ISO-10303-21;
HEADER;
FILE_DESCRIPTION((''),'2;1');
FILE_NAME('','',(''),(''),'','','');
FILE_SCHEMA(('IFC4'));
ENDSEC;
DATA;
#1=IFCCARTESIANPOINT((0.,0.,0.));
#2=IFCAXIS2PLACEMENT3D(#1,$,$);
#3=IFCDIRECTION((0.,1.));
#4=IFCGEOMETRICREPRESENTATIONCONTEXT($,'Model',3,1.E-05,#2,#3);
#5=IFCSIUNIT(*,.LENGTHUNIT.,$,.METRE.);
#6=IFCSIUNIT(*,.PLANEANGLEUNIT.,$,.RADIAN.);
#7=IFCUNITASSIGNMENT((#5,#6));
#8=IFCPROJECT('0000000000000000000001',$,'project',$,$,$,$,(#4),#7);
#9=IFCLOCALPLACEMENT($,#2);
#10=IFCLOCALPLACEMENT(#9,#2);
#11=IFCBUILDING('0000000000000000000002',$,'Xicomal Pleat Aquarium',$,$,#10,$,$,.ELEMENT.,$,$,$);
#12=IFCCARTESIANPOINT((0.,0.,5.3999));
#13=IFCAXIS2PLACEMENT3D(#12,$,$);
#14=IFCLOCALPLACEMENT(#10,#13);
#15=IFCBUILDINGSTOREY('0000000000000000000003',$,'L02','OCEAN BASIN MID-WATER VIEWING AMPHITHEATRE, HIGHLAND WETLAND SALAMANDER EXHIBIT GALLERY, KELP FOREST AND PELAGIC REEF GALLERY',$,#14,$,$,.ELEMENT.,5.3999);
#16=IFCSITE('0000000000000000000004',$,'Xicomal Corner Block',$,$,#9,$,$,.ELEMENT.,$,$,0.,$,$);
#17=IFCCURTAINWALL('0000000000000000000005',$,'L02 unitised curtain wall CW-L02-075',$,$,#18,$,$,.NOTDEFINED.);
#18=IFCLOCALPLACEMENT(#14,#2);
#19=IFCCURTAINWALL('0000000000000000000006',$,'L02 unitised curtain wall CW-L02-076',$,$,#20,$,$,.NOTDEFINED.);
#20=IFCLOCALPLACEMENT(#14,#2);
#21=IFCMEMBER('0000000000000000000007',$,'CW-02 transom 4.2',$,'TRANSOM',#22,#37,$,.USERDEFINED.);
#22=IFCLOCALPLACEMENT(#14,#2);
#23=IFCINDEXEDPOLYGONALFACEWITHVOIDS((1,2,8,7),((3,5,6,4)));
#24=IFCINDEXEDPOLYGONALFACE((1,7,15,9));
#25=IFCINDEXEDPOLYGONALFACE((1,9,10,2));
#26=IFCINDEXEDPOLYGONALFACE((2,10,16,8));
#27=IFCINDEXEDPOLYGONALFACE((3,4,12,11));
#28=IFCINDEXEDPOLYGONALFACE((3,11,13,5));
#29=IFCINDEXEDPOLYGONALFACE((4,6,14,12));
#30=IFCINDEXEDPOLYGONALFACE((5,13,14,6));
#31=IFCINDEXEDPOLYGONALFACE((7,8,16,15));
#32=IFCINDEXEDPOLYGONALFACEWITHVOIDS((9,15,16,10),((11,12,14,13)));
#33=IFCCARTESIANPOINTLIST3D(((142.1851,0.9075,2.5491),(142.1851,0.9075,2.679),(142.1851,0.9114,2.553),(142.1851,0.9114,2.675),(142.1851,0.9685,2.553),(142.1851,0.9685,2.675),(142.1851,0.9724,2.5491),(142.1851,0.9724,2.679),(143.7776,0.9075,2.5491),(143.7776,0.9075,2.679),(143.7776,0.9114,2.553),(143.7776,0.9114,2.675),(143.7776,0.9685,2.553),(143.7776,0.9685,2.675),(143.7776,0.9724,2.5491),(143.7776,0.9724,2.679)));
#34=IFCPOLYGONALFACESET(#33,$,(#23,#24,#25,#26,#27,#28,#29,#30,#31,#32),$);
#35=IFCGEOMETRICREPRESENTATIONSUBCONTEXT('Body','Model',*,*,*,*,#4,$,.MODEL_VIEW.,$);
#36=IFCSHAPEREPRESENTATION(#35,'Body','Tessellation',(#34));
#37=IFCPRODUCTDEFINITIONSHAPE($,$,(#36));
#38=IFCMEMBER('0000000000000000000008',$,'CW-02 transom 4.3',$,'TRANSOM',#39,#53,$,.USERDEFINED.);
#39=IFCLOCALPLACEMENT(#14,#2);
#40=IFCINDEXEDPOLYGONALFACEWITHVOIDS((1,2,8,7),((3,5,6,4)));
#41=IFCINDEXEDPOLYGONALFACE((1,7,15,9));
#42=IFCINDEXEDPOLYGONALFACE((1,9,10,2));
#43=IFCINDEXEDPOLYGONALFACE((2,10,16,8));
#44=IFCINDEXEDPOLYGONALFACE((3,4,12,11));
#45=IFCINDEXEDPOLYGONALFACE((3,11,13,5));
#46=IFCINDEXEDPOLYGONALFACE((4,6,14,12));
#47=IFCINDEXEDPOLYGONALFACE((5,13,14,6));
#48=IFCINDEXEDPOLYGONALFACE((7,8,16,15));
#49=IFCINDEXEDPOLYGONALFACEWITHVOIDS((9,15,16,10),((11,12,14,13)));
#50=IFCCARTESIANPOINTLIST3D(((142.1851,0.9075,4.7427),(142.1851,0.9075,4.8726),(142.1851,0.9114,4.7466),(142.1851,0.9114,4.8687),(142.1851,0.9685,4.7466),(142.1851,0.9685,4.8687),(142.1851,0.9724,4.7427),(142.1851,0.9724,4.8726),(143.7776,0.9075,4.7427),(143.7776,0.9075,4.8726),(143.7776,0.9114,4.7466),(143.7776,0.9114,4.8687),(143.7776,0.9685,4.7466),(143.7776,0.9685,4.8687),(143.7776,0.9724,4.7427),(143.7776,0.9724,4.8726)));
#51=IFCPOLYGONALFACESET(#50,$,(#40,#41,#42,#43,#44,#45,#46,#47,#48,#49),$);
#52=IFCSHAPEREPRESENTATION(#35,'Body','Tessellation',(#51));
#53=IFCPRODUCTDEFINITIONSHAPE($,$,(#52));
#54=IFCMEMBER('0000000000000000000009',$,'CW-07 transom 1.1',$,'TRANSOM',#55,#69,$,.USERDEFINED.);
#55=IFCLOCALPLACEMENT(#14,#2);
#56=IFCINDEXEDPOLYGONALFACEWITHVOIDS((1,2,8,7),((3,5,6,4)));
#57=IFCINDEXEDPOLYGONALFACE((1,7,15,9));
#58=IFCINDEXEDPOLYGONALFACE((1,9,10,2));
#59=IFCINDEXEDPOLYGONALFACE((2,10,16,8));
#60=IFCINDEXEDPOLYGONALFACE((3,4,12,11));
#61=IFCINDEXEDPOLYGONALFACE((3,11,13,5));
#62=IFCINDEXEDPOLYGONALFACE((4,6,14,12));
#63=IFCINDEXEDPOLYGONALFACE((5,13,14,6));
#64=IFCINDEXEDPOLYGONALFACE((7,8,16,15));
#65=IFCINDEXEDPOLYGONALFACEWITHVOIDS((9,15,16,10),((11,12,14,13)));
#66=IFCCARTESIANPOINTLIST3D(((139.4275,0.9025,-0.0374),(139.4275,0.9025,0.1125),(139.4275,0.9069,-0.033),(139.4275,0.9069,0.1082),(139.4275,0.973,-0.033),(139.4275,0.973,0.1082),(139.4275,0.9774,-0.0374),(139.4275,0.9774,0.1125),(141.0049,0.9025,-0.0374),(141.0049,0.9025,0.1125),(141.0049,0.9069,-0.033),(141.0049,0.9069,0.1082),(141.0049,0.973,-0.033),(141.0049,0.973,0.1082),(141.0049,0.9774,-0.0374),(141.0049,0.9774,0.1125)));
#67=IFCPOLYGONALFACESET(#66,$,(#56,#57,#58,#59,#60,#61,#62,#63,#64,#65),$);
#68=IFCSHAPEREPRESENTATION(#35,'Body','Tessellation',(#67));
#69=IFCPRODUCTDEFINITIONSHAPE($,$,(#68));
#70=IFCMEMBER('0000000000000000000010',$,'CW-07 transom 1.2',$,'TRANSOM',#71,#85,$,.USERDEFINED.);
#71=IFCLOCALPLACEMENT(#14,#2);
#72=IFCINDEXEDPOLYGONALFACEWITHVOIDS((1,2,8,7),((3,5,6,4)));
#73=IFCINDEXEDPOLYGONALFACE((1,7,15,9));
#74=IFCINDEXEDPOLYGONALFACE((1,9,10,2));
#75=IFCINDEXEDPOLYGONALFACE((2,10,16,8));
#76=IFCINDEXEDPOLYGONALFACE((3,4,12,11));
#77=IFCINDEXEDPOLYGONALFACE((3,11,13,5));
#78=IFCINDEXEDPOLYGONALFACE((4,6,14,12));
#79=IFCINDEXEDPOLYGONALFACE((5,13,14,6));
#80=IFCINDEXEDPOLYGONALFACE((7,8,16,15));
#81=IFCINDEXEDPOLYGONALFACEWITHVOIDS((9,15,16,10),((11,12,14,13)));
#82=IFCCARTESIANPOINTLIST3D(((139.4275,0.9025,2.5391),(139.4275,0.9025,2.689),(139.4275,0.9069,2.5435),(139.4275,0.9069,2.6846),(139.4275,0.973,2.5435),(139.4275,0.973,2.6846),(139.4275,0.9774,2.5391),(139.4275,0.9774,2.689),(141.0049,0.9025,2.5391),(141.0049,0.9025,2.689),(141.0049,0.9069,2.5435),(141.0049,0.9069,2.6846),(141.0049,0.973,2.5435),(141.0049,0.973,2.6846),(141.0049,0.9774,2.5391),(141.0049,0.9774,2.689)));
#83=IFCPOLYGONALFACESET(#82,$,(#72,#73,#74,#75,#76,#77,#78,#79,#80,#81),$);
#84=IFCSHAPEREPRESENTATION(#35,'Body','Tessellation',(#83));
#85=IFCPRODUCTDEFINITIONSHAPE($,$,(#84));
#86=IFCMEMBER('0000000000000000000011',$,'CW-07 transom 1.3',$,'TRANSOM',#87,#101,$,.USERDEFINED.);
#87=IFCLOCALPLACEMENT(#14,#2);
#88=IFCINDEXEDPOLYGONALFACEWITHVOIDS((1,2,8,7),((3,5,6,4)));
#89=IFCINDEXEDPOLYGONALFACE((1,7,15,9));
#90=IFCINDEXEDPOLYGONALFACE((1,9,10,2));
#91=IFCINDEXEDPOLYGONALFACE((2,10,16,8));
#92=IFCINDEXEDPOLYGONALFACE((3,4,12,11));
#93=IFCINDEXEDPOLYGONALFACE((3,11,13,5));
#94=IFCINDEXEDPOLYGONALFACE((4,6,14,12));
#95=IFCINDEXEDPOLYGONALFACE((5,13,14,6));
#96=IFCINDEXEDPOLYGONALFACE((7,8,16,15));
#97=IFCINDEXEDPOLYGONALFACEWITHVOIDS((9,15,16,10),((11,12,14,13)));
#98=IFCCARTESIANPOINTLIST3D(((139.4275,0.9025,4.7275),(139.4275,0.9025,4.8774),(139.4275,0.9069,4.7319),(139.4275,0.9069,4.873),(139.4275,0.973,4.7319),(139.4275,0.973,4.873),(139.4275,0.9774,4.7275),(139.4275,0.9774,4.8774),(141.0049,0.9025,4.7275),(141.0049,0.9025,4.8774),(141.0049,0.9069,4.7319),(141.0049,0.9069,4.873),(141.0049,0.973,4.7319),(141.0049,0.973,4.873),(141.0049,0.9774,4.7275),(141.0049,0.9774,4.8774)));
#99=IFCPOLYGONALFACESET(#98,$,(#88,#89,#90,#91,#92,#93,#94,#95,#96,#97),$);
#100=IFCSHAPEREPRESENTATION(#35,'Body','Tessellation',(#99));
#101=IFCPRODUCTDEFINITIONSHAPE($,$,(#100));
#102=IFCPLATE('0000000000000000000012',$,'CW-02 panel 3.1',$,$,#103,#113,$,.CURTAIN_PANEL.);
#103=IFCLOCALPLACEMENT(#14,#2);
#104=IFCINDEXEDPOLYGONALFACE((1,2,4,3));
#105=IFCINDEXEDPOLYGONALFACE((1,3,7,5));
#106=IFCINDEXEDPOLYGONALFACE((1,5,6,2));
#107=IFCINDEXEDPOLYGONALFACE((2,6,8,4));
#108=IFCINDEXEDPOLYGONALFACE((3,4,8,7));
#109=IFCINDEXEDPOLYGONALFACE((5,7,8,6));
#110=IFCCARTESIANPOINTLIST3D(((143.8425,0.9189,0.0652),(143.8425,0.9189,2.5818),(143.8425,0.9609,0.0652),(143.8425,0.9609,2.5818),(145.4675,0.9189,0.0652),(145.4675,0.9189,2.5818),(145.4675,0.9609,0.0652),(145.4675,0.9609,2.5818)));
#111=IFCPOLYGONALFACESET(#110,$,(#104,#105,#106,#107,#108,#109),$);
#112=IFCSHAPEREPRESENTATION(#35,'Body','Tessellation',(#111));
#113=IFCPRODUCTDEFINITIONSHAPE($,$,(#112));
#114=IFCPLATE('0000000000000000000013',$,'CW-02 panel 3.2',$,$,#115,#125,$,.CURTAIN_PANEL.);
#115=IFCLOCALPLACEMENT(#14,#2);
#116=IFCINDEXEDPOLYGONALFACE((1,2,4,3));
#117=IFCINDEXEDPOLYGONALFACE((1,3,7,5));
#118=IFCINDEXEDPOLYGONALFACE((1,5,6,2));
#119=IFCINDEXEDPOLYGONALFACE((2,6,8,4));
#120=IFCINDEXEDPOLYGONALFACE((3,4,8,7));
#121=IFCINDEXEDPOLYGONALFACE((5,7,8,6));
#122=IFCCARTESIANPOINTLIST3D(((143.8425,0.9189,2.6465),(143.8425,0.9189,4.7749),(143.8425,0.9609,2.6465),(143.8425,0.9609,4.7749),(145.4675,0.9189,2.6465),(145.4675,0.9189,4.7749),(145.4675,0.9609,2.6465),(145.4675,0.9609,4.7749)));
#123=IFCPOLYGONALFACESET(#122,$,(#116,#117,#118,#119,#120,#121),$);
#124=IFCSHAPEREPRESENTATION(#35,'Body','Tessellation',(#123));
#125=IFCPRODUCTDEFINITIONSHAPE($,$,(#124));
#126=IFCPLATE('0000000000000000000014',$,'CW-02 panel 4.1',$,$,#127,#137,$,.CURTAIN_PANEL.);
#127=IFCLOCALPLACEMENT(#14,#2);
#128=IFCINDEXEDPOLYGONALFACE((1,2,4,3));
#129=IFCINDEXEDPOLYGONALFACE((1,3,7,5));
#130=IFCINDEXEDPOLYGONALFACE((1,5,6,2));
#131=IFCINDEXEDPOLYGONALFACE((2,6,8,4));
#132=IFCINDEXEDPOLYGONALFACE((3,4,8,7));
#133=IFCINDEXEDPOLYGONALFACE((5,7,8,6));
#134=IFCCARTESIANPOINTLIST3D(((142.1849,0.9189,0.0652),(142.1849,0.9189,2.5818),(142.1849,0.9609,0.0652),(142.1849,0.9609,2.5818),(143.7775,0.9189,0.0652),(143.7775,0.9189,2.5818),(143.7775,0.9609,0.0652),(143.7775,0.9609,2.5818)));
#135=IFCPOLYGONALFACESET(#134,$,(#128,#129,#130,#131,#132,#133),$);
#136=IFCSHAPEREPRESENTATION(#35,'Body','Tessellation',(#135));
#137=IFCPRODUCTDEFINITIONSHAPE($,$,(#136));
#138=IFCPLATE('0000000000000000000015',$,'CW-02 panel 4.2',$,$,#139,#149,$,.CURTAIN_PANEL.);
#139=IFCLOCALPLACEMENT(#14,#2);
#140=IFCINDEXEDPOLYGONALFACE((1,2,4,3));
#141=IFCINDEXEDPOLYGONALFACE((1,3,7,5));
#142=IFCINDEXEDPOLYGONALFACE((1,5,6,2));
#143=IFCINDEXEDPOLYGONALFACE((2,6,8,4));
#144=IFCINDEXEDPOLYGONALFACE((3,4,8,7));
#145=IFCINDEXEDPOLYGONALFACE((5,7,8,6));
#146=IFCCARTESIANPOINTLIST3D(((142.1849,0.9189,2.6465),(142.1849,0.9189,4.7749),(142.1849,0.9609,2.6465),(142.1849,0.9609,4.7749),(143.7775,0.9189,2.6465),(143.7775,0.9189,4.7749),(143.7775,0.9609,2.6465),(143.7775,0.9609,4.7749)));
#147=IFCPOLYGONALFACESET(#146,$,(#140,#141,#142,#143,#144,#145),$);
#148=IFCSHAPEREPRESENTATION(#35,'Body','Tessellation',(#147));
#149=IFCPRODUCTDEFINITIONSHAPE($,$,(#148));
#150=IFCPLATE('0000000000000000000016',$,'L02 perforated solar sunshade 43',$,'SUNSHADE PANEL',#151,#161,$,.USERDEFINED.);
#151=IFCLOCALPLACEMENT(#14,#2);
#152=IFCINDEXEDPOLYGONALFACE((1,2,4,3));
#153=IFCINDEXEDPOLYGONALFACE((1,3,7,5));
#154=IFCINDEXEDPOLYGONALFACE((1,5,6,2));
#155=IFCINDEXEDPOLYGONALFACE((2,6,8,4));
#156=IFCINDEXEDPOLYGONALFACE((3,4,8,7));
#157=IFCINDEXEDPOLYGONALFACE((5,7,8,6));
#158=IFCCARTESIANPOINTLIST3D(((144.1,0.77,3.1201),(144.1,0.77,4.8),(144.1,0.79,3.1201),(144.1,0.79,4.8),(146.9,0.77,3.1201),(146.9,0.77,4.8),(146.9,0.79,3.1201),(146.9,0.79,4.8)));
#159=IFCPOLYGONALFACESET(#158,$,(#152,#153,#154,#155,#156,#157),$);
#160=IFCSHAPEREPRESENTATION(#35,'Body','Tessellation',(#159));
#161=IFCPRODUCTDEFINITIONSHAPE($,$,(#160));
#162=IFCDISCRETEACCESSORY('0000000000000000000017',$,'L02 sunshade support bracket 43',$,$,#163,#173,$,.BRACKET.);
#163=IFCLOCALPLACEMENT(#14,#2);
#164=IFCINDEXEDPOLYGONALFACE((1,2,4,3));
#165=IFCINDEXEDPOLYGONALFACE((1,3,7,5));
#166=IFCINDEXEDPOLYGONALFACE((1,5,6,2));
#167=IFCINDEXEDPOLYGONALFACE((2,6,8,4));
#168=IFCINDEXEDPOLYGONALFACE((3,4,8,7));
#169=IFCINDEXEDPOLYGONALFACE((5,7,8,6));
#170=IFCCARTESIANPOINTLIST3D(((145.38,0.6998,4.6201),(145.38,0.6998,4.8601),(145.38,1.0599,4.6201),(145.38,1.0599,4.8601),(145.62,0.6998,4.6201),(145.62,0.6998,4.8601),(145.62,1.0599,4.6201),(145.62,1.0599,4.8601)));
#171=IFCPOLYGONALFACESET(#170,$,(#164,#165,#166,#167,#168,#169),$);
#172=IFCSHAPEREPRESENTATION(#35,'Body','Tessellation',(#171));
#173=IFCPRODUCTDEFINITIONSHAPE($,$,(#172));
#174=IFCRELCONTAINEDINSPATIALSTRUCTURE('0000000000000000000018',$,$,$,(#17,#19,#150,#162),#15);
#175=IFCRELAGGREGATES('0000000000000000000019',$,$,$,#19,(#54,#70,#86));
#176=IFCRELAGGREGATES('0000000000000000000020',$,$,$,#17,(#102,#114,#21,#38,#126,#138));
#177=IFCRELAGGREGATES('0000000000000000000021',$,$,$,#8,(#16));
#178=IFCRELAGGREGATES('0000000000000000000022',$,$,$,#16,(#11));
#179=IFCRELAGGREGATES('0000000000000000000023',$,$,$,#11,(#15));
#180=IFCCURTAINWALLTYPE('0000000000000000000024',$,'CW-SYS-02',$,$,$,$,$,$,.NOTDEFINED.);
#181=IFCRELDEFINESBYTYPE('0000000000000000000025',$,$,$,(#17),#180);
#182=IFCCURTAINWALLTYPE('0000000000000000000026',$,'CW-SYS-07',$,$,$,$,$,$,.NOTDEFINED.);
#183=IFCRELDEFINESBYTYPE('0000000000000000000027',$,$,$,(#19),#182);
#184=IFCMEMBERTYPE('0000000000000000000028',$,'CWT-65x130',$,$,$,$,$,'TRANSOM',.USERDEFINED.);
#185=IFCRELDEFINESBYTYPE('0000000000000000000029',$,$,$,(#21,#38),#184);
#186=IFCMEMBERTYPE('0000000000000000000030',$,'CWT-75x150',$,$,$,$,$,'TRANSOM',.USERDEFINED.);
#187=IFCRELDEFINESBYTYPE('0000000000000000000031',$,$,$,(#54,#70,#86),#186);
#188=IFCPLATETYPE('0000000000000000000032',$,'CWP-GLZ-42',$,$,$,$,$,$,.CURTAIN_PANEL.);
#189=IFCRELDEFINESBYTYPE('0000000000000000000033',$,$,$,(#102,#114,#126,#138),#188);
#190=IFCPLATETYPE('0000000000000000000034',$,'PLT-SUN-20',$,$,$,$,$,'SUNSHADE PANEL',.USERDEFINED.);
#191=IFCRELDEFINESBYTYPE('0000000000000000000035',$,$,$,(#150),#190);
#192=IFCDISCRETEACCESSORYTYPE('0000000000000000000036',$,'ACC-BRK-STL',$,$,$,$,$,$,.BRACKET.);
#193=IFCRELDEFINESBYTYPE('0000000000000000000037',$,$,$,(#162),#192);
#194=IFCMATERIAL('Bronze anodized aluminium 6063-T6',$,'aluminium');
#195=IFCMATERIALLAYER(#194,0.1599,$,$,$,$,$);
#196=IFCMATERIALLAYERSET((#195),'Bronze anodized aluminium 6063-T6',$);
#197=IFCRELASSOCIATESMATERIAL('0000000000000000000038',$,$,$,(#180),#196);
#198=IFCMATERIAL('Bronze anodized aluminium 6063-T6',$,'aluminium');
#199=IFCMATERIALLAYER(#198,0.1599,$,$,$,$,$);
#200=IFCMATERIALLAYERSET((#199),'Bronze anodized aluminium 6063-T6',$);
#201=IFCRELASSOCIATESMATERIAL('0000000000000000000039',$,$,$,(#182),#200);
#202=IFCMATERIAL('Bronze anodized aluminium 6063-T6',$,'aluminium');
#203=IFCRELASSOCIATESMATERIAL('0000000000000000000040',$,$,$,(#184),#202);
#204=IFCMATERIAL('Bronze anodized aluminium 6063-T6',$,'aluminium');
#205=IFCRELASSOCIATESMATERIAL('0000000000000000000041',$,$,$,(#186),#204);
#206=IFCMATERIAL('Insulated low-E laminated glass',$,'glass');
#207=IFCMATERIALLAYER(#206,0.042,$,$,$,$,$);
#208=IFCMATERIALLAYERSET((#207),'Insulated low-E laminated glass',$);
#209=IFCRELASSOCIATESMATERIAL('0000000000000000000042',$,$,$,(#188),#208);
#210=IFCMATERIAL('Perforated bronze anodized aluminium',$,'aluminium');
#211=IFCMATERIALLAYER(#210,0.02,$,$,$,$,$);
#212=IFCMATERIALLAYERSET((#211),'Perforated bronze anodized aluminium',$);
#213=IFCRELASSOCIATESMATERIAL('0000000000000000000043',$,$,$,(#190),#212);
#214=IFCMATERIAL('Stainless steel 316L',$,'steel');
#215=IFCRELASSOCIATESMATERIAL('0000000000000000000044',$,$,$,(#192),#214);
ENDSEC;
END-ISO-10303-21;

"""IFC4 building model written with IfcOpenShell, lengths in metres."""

from ifc_helpers import new_model, si_unit, direction, frame, origin, origin_2d, place, context, subcontext, project, spatial, rectangle, hollow_rectangle, extrude, material, layer, layer_set, material_profile, profile_set, type_object, element, aggregate, save


model = new_model("IFC4")

# Units and contexts
model_context = context("Model", 3, precision=1e-05, world=origin(), true_north=direction((0.0, 1.0)))
body_context = subcontext(model_context, "Body", "Model", "MODEL_VIEW")
ifc_project = project(units=[si_unit("LENGTHUNIT", "METRE"), si_unit("PLANEANGLEUNIT", "RADIAN")], contexts=[model_context])

# Site, building, storey
site_placement = place(None, origin())
site = spatial("IfcSite", under=ifc_project, at=site_placement, Name="Xicomal Corner Block", CompositionType="ELEMENT", RefElevation=0.0)
building_placement = place(site_placement, origin())
building = spatial("IfcBuilding", under=site, at=building_placement, Name="Xicomal Pleat Aquarium", CompositionType="ELEMENT")
storey_placement = place(building_placement, frame((0.0, 0.0, 5.3999)))
storey = spatial("IfcBuildingStorey", under=building, at=storey_placement, Name="L02", Description="OCEAN BASIN MID-WATER VIEWING AMPHITHEATRE, HIGHLAND WETLAND SALAMANDER EXHIBIT GALLERY, KELP FOREST AND PELAGIC REEF GALLERY", CompositionType="ELEMENT", Elevation=5.3999)

# Curtain wall
ifc_material_1 = material(Name="Bronze anodized aluminium 6063-T6", Category="aluminium")
ifc_layer_1 = layer(ifc_material_1, 0.1599)
ifc_layer_set_1 = layer_set([ifc_layer_1], Name="Bronze anodized aluminium 6063-T6")
curtain_wall_type_1 = type_object("IfcCurtainWallType", Name="CW-SYS-02", PredefinedType="NOTDEFINED", material=ifc_layer_set_1)
curtain_wall_1_placement = place(storey_placement, origin())
curtain_wall_1 = element("IfcCurtainWall", 1, at=curtain_wall_1_placement, inside=storey, type_object=curtain_wall_type_1, Name="L02 unitised curtain wall CW-L02-075", PredefinedType="NOTDEFINED")

# Curtain wall
ifc_material_2 = material(Name="Bronze anodized aluminium 6063-T6", Category="aluminium")
ifc_layer_2 = layer(ifc_material_2, 0.1599)
ifc_layer_set_2 = layer_set([ifc_layer_2], Name="Bronze anodized aluminium 6063-T6")
curtain_wall_type_2 = type_object("IfcCurtainWallType", Name="CW-SYS-07", PredefinedType="NOTDEFINED", material=ifc_layer_set_2)
curtain_wall_2_placement = place(storey_placement, origin())
curtain_wall_2 = element("IfcCurtainWall", 2, at=curtain_wall_2_placement, inside=storey, type_object=curtain_wall_type_2, Name="L02 unitised curtain wall CW-L02-076", PredefinedType="NOTDEFINED")

# Members
ifc_material_3 = material(Name="Bronze anodized aluminium 6063-T6", Category="aluminium")
ifc_material_profile_1 = material_profile(ifc_material_3, hollow_rectangle(XDim=0.0649, YDim=0.1299, WallThickness=0.0039, at=origin_2d()), Name="ALU TRAN 65x130")
ifc_profile_set_1 = profile_set([ifc_material_profile_1], Name="Bronze anodized aluminium 6063-T6")
member_type_1 = type_object("IfcMemberType", Name="CWT-65x130", ElementType="TRANSOM", PredefinedType="USERDEFINED", material=ifc_profile_set_1)
member_1_placement = place(storey_placement, frame((143.7776, 0.9399, 2.614), z_axis=(-1.0, 0.0, 0.0), x_axis=(0.0, -1.0, 0.0)))
member_1 = element("IfcMember", 3, at=member_1_placement, type_object=member_type_1, Name="CW-02 transom 4.2", ObjectType="TRANSOM", PredefinedType="USERDEFINED", context=body_context, shape_type="SweptSolid", body=[
    extrude(hollow_rectangle(XDim=0.0649, YDim=0.1299, WallThickness=0.0039, at=origin_2d()), origin(), (0.0, 0.0, 1.0), 1.5925),
])
member_2_placement = place(storey_placement, frame((143.7776, 0.9399, 4.8076), z_axis=(-1.0, 0.0, 0.0), x_axis=(0.0, -1.0, 0.0)))
member_2 = element("IfcMember", 4, at=member_2_placement, type_object=member_type_1, Name="CW-02 transom 4.3", ObjectType="TRANSOM", PredefinedType="USERDEFINED", context=body_context, shape_type="SweptSolid", body=[
    extrude(hollow_rectangle(XDim=0.0649, YDim=0.1299, WallThickness=0.0039, at=origin_2d()), origin(), (0.0, 0.0, 1.0), 1.5925),
])
ifc_material_4 = material(Name="Bronze anodized aluminium 6063-T6", Category="aluminium")
ifc_material_profile_2 = material_profile(ifc_material_4, hollow_rectangle(XDim=0.075, YDim=0.1499, WallThickness=0.0044, at=origin_2d()), Name="ALU TRAN 75x150")
ifc_profile_set_2 = profile_set([ifc_material_profile_2], Name="Bronze anodized aluminium 6063-T6")
member_type_2 = type_object("IfcMemberType", Name="CWT-75x150", ElementType="TRANSOM", PredefinedType="USERDEFINED", material=ifc_profile_set_2)
member_3_placement = place(storey_placement, frame((141.0049, 0.9399, 0.0376), z_axis=(-1.0, 0.0, 0.0), x_axis=(0.0, -1.0, 0.0)))
member_3 = element("IfcMember", 5, at=member_3_placement, type_object=member_type_2, Name="CW-07 transom 1.1", ObjectType="TRANSOM", PredefinedType="USERDEFINED", context=body_context, shape_type="SweptSolid", body=[
    extrude(hollow_rectangle(XDim=0.075, YDim=0.1499, WallThickness=0.0044, at=origin_2d()), origin(), (0.0, 0.0, 1.0), 1.5774),
])
member_4_placement = place(storey_placement, frame((141.0049, 0.9399, 2.614), z_axis=(-1.0, 0.0, 0.0), x_axis=(0.0, -1.0, 0.0)))
member_4 = element("IfcMember", 6, at=member_4_placement, type_object=member_type_2, Name="CW-07 transom 1.2", ObjectType="TRANSOM", PredefinedType="USERDEFINED", context=body_context, shape_type="SweptSolid", body=[
    extrude(hollow_rectangle(XDim=0.075, YDim=0.1499, WallThickness=0.0044, at=origin_2d()), origin(), (0.0, 0.0, 1.0), 1.5774),
])
member_5_placement = place(storey_placement, frame((141.0049, 0.9399, 4.8025), z_axis=(-1.0, 0.0, 0.0), x_axis=(0.0, -1.0, 0.0)))
member_5 = element("IfcMember", 7, at=member_5_placement, type_object=member_type_2, Name="CW-07 transom 1.3", ObjectType="TRANSOM", PredefinedType="USERDEFINED", context=body_context, shape_type="SweptSolid", body=[
    extrude(hollow_rectangle(XDim=0.075, YDim=0.1499, WallThickness=0.0044, at=origin_2d()), origin(), (0.0, 0.0, 1.0), 1.5774),
])
aggregate(curtain_wall_2, [member_3, member_4, member_5])

# Plates
ifc_material_5 = material(Name="Insulated low-E laminated glass", Category="glass")
ifc_layer_3 = layer(ifc_material_5, 0.042)
ifc_layer_set_3 = layer_set([ifc_layer_3], Name="Insulated low-E laminated glass")
plate_type_1 = type_object("IfcPlateType", Name="CWP-GLZ-42", PredefinedType="CURTAIN_PANEL", material=ifc_layer_set_3)
plate_1_placement = place(storey_placement, frame((144.655, 0.9399, 0.0652), z_axis=(0.0, 0.0, 1.0), x_axis=(-1.0, 0.0, 0.0)))
plate_1 = element("IfcPlate", 8, at=plate_1_placement, type_object=plate_type_1, Name="CW-02 panel 3.1", PredefinedType="CURTAIN_PANEL", context=body_context, shape_type="SweptSolid", body=[
    extrude(rectangle(XDim=1.625, YDim=0.042, at=origin_2d()), origin(), (0.0, 0.0, 1.0), 2.5166),
])
plate_2_placement = place(storey_placement, frame((144.655, 0.9399, 2.6465), z_axis=(0.0, 0.0, 1.0), x_axis=(-1.0, 0.0, 0.0)))
plate_2 = element("IfcPlate", 9, at=plate_2_placement, type_object=plate_type_1, Name="CW-02 panel 3.2", PredefinedType="CURTAIN_PANEL", context=body_context, shape_type="SweptSolid", body=[
    extrude(rectangle(XDim=1.625, YDim=0.042, at=origin_2d()), origin(), (0.0, 0.0, 1.0), 2.1284),
])
plate_3_placement = place(storey_placement, frame((142.9812, 0.9399, 0.0652), z_axis=(0.0, 0.0, 1.0), x_axis=(-1.0, 0.0, 0.0)))
plate_3 = element("IfcPlate", 10, at=plate_3_placement, type_object=plate_type_1, Name="CW-02 panel 4.1", PredefinedType="CURTAIN_PANEL", context=body_context, shape_type="SweptSolid", body=[
    extrude(rectangle(XDim=1.5925, YDim=0.042, at=origin_2d()), origin(), (0.0, 0.0, 1.0), 2.5166),
])
plate_4_placement = place(storey_placement, frame((142.9812, 0.9399, 2.6465), z_axis=(0.0, 0.0, 1.0), x_axis=(-1.0, 0.0, 0.0)))
plate_4 = element("IfcPlate", 11, at=plate_4_placement, type_object=plate_type_1, Name="CW-02 panel 4.2", PredefinedType="CURTAIN_PANEL", context=body_context, shape_type="SweptSolid", body=[
    extrude(rectangle(XDim=1.5925, YDim=0.042, at=origin_2d()), origin(), (0.0, 0.0, 1.0), 2.1284),
])
aggregate(curtain_wall_1, [plate_1, plate_2, member_1, member_2, plate_3, plate_4])
ifc_material_6 = material(Name="Perforated bronze anodized aluminium", Category="aluminium")
ifc_layer_4 = layer(ifc_material_6, 0.02)
ifc_layer_set_4 = layer_set([ifc_layer_4], Name="Perforated bronze anodized aluminium")
plate_type_2 = type_object("IfcPlateType", Name="PLT-SUN-20", ElementType="SUNSHADE PANEL", PredefinedType="USERDEFINED", material=ifc_layer_set_4)
plate_5_placement = place(storey_placement, frame((145.5, 0.78, 3.1201), z_axis=(0.0, 0.0, 1.0), x_axis=(-1.0, 0.0, 0.0)))
element("IfcPlate", 12, at=plate_5_placement, inside=storey, type_object=plate_type_2, Name="L02 perforated solar sunshade 43", ObjectType="SUNSHADE PANEL", PredefinedType="USERDEFINED", context=body_context, shape_type="SweptSolid", body=[
    extrude(rectangle(XDim=2.8, YDim=0.02, at=origin_2d()), origin(), (0.0, 0.0, 1.0), 1.6799),
])

# Discrete accessory
ifc_material_7 = material(Name="Stainless steel 316L", Category="steel")
discrete_accessory_type = type_object("IfcDiscreteAccessoryType", Name="ACC-BRK-STL", PredefinedType="BRACKET", material=ifc_material_7)
discrete_accessory_placement = place(storey_placement, frame((145.5, 0.8799, 4.6201), z_axis=(0.0, 0.0, 1.0), x_axis=(-1.0, 0.0, 0.0)))
element("IfcDiscreteAccessory", 13, at=discrete_accessory_placement, inside=storey, type_object=discrete_accessory_type, Name="L02 sunshade support bracket 43", PredefinedType="BRACKET", context=body_context, shape_type="SweptSolid", body=[
    extrude(rectangle(XDim=0.24, YDim=0.3601, at=origin_2d()), origin(), (0.0, 0.0, 1.0), 0.24),
])

save(model, "model.ifc")
